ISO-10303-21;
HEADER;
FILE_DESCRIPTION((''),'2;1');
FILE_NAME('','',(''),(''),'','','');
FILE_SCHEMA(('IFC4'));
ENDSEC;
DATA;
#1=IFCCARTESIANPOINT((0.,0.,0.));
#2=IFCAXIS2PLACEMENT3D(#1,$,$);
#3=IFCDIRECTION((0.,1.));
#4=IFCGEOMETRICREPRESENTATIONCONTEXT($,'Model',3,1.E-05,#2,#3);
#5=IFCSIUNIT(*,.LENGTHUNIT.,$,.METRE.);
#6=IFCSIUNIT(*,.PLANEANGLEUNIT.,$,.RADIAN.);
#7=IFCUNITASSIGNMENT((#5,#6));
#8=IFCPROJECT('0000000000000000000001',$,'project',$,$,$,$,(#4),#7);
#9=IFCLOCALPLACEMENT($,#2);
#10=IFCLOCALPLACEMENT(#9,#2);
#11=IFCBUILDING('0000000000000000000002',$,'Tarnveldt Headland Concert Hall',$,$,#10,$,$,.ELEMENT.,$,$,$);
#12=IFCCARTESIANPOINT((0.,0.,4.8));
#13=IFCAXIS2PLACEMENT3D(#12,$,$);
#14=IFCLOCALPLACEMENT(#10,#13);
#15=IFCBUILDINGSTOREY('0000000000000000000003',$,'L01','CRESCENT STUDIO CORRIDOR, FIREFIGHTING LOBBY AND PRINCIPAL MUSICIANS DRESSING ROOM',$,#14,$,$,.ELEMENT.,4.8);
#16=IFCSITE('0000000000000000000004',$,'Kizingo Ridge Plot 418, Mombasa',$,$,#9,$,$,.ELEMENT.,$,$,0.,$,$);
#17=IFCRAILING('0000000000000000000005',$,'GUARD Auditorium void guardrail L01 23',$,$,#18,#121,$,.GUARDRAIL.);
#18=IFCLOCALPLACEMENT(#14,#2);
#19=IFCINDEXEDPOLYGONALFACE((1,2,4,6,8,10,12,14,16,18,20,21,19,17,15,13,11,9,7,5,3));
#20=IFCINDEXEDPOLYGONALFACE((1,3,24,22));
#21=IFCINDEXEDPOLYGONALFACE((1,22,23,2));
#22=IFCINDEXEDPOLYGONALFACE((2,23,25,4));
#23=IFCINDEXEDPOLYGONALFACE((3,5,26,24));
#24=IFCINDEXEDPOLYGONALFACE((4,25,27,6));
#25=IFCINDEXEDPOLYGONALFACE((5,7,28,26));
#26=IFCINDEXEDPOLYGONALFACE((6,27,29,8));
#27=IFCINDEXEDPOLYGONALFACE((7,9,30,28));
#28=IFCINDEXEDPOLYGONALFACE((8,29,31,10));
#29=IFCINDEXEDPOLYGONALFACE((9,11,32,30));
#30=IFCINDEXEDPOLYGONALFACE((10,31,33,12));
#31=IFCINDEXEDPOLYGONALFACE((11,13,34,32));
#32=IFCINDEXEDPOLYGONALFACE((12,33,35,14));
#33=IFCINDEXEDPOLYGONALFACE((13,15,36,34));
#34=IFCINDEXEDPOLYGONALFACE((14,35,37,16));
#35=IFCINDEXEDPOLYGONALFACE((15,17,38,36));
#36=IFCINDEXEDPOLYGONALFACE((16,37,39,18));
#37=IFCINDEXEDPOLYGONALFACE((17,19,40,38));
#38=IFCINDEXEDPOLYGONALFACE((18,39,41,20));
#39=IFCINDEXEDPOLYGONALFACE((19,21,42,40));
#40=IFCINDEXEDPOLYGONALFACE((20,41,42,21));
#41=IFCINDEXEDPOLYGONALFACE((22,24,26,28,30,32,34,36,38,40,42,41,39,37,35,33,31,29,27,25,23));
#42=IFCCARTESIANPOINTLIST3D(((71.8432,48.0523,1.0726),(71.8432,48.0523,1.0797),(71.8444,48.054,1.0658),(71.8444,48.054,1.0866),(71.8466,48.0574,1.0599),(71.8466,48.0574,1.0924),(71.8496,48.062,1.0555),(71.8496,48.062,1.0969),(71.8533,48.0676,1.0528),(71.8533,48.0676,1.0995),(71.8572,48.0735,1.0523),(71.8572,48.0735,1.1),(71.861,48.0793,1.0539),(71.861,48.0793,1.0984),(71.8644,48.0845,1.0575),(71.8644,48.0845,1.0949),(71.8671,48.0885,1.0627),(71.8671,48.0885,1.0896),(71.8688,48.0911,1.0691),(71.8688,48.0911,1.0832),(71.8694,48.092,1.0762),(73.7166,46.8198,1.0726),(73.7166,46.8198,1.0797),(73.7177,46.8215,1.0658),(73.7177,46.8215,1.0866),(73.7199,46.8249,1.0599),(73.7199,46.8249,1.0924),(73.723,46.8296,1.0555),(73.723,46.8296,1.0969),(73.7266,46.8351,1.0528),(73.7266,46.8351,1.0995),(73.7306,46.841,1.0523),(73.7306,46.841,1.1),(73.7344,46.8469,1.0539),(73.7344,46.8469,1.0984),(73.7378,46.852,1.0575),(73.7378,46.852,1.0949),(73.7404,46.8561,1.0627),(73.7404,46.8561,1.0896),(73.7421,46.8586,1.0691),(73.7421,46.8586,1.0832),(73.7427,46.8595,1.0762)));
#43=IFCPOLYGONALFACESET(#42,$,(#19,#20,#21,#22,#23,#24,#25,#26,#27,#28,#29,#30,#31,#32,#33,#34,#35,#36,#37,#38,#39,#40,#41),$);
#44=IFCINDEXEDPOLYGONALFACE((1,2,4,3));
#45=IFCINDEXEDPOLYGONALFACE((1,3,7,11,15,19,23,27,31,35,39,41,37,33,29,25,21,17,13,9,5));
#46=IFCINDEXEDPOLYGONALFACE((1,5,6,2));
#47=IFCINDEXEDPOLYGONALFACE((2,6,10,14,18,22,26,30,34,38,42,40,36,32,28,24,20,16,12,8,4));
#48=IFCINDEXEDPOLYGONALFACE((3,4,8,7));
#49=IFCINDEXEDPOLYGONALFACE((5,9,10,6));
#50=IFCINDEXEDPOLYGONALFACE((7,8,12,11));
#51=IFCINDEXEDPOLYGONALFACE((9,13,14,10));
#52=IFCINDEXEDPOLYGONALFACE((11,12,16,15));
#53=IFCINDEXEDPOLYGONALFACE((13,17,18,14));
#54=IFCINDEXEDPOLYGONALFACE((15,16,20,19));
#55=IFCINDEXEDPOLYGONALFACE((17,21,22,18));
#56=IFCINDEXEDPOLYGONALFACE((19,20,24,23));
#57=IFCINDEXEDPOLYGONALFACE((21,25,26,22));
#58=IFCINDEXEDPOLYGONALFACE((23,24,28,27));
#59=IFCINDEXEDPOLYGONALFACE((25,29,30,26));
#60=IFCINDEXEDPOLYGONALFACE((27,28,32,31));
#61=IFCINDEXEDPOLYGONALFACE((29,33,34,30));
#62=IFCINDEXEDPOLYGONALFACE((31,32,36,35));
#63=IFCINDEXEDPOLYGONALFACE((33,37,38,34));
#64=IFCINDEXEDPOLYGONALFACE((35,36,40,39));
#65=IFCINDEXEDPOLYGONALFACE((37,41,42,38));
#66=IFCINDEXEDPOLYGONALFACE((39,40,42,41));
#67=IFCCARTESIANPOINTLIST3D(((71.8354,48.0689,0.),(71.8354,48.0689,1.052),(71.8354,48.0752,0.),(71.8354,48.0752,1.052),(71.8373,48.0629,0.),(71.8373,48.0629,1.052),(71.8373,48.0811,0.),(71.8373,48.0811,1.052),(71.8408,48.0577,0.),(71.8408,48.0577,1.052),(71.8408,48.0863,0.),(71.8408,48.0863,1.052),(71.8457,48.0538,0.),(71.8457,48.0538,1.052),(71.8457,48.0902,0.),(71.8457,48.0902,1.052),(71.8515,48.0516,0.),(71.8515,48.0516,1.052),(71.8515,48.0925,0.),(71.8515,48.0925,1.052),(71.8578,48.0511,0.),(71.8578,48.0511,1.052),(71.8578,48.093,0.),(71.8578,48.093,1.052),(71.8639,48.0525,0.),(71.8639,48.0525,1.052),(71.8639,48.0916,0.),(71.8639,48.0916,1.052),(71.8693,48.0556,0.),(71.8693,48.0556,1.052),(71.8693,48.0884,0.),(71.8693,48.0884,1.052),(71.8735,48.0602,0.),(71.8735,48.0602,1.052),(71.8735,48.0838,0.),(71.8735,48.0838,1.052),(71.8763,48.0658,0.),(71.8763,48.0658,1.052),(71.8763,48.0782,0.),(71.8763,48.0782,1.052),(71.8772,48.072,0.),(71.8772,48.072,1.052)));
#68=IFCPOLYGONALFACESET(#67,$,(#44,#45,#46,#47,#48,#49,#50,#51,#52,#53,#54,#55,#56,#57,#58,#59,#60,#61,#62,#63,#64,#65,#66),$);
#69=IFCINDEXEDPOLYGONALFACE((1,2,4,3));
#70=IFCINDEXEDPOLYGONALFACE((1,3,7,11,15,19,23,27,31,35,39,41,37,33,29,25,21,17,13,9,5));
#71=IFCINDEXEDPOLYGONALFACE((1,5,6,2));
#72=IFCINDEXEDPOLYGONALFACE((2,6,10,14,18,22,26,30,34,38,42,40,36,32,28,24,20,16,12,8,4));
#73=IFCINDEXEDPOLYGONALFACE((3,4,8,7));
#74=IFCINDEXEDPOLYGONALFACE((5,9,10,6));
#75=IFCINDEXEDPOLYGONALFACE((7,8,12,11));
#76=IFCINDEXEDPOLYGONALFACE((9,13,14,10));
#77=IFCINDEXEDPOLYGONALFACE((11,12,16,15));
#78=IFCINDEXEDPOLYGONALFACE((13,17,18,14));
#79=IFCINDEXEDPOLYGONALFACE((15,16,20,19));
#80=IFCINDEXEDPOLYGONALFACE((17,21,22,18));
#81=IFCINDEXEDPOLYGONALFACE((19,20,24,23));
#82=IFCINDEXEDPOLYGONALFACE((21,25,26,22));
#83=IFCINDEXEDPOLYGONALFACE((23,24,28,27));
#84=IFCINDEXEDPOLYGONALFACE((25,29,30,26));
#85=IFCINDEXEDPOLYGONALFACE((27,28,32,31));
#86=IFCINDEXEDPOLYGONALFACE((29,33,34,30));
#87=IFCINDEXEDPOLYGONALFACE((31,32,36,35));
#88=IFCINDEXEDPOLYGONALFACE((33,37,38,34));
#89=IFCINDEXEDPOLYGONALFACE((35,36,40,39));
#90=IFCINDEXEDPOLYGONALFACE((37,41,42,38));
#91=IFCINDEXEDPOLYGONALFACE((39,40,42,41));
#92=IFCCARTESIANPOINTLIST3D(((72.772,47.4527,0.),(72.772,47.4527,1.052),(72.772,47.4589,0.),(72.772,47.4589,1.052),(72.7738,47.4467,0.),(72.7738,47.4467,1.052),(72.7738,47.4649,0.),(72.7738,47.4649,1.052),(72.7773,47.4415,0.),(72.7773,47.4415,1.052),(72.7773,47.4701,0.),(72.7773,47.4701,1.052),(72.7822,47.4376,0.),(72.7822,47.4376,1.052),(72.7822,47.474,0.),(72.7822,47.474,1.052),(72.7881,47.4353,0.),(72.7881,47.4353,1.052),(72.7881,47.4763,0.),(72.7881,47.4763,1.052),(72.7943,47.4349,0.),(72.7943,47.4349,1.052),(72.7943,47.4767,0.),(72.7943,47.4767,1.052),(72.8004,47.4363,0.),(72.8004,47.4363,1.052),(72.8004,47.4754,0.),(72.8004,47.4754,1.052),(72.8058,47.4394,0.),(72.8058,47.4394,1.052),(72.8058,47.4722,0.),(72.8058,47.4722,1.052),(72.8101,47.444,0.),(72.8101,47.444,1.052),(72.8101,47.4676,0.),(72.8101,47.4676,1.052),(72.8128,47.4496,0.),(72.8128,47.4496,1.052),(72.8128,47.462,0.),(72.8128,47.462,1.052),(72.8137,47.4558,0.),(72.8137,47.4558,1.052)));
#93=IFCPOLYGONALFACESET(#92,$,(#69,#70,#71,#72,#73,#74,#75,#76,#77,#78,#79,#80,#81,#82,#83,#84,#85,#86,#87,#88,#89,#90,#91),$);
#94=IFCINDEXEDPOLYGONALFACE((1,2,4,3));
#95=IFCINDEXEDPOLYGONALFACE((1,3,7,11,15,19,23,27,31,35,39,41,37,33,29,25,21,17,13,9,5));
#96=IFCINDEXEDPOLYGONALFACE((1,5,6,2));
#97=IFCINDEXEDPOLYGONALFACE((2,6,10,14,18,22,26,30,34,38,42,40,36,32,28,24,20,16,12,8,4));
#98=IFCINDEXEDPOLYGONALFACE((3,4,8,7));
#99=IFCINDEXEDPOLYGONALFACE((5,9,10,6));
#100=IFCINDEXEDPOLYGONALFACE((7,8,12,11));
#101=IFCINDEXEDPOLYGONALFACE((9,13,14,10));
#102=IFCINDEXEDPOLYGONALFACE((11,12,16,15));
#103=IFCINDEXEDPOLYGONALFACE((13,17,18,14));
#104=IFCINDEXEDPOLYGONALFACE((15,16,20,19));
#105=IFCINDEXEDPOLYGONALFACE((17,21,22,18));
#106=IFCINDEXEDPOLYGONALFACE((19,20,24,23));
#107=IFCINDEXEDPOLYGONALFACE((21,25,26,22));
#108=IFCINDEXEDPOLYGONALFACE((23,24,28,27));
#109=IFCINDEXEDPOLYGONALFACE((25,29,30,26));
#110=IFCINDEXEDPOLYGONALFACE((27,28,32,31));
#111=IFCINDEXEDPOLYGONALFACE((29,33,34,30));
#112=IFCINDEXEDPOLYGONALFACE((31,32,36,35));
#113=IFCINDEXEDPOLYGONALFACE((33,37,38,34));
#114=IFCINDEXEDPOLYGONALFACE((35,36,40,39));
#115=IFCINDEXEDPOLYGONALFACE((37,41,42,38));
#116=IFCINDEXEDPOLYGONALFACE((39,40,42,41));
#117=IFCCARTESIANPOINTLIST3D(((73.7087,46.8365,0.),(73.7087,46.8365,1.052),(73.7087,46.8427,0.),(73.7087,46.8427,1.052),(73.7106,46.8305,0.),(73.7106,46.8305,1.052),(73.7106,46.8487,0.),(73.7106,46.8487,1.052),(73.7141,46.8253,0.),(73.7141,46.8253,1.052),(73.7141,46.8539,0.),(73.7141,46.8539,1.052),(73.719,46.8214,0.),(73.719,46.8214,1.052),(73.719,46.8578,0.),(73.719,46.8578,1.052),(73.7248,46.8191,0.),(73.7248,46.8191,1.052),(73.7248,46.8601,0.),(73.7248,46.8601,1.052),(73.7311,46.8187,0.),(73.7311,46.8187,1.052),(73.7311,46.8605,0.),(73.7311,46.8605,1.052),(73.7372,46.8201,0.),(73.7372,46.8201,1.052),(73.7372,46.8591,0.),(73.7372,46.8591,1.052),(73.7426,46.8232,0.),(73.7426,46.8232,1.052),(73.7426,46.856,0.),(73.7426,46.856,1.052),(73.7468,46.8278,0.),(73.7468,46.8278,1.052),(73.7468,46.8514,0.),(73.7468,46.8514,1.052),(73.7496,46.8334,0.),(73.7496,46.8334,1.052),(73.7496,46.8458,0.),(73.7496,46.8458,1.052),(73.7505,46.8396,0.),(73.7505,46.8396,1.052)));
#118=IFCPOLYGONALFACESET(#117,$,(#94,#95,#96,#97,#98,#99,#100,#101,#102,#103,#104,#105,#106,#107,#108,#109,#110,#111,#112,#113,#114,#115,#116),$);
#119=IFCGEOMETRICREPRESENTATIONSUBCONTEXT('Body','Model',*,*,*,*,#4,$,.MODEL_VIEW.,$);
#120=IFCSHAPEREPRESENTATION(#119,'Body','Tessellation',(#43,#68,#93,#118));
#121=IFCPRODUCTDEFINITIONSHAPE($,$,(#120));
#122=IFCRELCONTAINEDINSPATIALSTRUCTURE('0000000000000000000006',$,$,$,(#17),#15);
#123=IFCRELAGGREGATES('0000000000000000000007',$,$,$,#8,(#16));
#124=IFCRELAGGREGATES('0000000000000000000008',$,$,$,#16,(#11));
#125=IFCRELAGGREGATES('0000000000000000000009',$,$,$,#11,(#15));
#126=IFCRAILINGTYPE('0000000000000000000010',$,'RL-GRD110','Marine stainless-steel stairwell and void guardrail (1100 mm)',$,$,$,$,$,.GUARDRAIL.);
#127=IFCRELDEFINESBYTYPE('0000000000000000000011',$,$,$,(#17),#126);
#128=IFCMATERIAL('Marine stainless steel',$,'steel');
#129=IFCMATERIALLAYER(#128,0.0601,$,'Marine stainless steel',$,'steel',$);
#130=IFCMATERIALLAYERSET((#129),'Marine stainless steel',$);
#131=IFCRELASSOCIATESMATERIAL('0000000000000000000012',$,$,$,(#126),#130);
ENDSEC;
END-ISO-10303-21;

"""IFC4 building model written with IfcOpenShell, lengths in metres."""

from ifc_helpers import new_model, si_unit, direction, frame, origin, origin_2d, place, context, subcontext, project, spatial, circle, extrude, material, layer, layer_set, type_object, element, save


model = new_model("IFC4")

# Units and contexts
model_context = context("Model", 3, precision=1e-05, world=origin(), true_north=direction((0.0, 1.0)))
body_context = subcontext(model_context, "Body", "Model", "MODEL_VIEW")
ifc_project = project(units=[si_unit("LENGTHUNIT", "METRE"), si_unit("PLANEANGLEUNIT", "RADIAN")], contexts=[model_context])

# Site, building, storey
site_placement = place(None, origin())
site = spatial("IfcSite", under=ifc_project, at=site_placement, Name="Kizingo Ridge Plot 418, Mombasa", CompositionType="ELEMENT", RefElevation=0.0)
building_placement = place(site_placement, origin())
building = spatial("IfcBuilding", under=site, at=building_placement, Name="Tarnveldt Headland Concert Hall", CompositionType="ELEMENT")
storey_placement = place(building_placement, frame((0.0, 0.0, 4.8)))
storey = spatial("IfcBuildingStorey", under=building, at=storey_placement, Name="L01", Description="CRESCENT STUDIO CORRIDOR, FIREFIGHTING LOBBY AND PRINCIPAL MUSICIANS DRESSING ROOM", CompositionType="ELEMENT", Elevation=4.8)

# Railing
ifc_material_1 = material(Name="Marine stainless steel", Category="steel")
ifc_layer_1 = layer(ifc_material_1, 0.0601, Name="Marine stainless steel", Category="steel")
ifc_layer_set_1 = layer_set([ifc_layer_1], Name="Marine stainless steel")
railing_type = type_object("IfcRailingType", Name="RL-GRD110", Description="Marine stainless-steel stairwell and void guardrail (1100 mm)", PredefinedType="GUARDRAIL", material=ifc_layer_set_1)
railing_1_placement = place(storey_placement, frame((71.8562, 48.072, 0.0)))
element("IfcRailing", 1, at=railing_1_placement, inside=storey, type_object=railing_type, Name="GUARD Auditorium void guardrail L01 23", PredefinedType="GUARDRAIL", context=body_context, shape_type="SweptSolid", body=[
    extrude(circle(Radius=0.0239, at=origin_2d()), frame((0.0, 0.0, 1.0762), z_axis=(0.835418, -0.549615, 0.0), x_axis=(0.549615, 0.835418, 0.0)), (0.0, 0.0, 1.0), 2.2424),
    extrude(circle(Radius=0.021, at=origin_2d()), origin(), (0.0, 0.0, 1.0), 1.052),
    extrude(circle(Radius=0.021, at=origin_2d()), frame((0.9365, -0.6162, 0.0)), (0.0, 0.0, 1.0), 1.052),
    extrude(circle(Radius=0.021, at=origin_2d()), frame((1.8733, -1.2324, 0.0)), (0.0, 0.0, 1.0), 1.052),
])

save(model, "model.ifc")
